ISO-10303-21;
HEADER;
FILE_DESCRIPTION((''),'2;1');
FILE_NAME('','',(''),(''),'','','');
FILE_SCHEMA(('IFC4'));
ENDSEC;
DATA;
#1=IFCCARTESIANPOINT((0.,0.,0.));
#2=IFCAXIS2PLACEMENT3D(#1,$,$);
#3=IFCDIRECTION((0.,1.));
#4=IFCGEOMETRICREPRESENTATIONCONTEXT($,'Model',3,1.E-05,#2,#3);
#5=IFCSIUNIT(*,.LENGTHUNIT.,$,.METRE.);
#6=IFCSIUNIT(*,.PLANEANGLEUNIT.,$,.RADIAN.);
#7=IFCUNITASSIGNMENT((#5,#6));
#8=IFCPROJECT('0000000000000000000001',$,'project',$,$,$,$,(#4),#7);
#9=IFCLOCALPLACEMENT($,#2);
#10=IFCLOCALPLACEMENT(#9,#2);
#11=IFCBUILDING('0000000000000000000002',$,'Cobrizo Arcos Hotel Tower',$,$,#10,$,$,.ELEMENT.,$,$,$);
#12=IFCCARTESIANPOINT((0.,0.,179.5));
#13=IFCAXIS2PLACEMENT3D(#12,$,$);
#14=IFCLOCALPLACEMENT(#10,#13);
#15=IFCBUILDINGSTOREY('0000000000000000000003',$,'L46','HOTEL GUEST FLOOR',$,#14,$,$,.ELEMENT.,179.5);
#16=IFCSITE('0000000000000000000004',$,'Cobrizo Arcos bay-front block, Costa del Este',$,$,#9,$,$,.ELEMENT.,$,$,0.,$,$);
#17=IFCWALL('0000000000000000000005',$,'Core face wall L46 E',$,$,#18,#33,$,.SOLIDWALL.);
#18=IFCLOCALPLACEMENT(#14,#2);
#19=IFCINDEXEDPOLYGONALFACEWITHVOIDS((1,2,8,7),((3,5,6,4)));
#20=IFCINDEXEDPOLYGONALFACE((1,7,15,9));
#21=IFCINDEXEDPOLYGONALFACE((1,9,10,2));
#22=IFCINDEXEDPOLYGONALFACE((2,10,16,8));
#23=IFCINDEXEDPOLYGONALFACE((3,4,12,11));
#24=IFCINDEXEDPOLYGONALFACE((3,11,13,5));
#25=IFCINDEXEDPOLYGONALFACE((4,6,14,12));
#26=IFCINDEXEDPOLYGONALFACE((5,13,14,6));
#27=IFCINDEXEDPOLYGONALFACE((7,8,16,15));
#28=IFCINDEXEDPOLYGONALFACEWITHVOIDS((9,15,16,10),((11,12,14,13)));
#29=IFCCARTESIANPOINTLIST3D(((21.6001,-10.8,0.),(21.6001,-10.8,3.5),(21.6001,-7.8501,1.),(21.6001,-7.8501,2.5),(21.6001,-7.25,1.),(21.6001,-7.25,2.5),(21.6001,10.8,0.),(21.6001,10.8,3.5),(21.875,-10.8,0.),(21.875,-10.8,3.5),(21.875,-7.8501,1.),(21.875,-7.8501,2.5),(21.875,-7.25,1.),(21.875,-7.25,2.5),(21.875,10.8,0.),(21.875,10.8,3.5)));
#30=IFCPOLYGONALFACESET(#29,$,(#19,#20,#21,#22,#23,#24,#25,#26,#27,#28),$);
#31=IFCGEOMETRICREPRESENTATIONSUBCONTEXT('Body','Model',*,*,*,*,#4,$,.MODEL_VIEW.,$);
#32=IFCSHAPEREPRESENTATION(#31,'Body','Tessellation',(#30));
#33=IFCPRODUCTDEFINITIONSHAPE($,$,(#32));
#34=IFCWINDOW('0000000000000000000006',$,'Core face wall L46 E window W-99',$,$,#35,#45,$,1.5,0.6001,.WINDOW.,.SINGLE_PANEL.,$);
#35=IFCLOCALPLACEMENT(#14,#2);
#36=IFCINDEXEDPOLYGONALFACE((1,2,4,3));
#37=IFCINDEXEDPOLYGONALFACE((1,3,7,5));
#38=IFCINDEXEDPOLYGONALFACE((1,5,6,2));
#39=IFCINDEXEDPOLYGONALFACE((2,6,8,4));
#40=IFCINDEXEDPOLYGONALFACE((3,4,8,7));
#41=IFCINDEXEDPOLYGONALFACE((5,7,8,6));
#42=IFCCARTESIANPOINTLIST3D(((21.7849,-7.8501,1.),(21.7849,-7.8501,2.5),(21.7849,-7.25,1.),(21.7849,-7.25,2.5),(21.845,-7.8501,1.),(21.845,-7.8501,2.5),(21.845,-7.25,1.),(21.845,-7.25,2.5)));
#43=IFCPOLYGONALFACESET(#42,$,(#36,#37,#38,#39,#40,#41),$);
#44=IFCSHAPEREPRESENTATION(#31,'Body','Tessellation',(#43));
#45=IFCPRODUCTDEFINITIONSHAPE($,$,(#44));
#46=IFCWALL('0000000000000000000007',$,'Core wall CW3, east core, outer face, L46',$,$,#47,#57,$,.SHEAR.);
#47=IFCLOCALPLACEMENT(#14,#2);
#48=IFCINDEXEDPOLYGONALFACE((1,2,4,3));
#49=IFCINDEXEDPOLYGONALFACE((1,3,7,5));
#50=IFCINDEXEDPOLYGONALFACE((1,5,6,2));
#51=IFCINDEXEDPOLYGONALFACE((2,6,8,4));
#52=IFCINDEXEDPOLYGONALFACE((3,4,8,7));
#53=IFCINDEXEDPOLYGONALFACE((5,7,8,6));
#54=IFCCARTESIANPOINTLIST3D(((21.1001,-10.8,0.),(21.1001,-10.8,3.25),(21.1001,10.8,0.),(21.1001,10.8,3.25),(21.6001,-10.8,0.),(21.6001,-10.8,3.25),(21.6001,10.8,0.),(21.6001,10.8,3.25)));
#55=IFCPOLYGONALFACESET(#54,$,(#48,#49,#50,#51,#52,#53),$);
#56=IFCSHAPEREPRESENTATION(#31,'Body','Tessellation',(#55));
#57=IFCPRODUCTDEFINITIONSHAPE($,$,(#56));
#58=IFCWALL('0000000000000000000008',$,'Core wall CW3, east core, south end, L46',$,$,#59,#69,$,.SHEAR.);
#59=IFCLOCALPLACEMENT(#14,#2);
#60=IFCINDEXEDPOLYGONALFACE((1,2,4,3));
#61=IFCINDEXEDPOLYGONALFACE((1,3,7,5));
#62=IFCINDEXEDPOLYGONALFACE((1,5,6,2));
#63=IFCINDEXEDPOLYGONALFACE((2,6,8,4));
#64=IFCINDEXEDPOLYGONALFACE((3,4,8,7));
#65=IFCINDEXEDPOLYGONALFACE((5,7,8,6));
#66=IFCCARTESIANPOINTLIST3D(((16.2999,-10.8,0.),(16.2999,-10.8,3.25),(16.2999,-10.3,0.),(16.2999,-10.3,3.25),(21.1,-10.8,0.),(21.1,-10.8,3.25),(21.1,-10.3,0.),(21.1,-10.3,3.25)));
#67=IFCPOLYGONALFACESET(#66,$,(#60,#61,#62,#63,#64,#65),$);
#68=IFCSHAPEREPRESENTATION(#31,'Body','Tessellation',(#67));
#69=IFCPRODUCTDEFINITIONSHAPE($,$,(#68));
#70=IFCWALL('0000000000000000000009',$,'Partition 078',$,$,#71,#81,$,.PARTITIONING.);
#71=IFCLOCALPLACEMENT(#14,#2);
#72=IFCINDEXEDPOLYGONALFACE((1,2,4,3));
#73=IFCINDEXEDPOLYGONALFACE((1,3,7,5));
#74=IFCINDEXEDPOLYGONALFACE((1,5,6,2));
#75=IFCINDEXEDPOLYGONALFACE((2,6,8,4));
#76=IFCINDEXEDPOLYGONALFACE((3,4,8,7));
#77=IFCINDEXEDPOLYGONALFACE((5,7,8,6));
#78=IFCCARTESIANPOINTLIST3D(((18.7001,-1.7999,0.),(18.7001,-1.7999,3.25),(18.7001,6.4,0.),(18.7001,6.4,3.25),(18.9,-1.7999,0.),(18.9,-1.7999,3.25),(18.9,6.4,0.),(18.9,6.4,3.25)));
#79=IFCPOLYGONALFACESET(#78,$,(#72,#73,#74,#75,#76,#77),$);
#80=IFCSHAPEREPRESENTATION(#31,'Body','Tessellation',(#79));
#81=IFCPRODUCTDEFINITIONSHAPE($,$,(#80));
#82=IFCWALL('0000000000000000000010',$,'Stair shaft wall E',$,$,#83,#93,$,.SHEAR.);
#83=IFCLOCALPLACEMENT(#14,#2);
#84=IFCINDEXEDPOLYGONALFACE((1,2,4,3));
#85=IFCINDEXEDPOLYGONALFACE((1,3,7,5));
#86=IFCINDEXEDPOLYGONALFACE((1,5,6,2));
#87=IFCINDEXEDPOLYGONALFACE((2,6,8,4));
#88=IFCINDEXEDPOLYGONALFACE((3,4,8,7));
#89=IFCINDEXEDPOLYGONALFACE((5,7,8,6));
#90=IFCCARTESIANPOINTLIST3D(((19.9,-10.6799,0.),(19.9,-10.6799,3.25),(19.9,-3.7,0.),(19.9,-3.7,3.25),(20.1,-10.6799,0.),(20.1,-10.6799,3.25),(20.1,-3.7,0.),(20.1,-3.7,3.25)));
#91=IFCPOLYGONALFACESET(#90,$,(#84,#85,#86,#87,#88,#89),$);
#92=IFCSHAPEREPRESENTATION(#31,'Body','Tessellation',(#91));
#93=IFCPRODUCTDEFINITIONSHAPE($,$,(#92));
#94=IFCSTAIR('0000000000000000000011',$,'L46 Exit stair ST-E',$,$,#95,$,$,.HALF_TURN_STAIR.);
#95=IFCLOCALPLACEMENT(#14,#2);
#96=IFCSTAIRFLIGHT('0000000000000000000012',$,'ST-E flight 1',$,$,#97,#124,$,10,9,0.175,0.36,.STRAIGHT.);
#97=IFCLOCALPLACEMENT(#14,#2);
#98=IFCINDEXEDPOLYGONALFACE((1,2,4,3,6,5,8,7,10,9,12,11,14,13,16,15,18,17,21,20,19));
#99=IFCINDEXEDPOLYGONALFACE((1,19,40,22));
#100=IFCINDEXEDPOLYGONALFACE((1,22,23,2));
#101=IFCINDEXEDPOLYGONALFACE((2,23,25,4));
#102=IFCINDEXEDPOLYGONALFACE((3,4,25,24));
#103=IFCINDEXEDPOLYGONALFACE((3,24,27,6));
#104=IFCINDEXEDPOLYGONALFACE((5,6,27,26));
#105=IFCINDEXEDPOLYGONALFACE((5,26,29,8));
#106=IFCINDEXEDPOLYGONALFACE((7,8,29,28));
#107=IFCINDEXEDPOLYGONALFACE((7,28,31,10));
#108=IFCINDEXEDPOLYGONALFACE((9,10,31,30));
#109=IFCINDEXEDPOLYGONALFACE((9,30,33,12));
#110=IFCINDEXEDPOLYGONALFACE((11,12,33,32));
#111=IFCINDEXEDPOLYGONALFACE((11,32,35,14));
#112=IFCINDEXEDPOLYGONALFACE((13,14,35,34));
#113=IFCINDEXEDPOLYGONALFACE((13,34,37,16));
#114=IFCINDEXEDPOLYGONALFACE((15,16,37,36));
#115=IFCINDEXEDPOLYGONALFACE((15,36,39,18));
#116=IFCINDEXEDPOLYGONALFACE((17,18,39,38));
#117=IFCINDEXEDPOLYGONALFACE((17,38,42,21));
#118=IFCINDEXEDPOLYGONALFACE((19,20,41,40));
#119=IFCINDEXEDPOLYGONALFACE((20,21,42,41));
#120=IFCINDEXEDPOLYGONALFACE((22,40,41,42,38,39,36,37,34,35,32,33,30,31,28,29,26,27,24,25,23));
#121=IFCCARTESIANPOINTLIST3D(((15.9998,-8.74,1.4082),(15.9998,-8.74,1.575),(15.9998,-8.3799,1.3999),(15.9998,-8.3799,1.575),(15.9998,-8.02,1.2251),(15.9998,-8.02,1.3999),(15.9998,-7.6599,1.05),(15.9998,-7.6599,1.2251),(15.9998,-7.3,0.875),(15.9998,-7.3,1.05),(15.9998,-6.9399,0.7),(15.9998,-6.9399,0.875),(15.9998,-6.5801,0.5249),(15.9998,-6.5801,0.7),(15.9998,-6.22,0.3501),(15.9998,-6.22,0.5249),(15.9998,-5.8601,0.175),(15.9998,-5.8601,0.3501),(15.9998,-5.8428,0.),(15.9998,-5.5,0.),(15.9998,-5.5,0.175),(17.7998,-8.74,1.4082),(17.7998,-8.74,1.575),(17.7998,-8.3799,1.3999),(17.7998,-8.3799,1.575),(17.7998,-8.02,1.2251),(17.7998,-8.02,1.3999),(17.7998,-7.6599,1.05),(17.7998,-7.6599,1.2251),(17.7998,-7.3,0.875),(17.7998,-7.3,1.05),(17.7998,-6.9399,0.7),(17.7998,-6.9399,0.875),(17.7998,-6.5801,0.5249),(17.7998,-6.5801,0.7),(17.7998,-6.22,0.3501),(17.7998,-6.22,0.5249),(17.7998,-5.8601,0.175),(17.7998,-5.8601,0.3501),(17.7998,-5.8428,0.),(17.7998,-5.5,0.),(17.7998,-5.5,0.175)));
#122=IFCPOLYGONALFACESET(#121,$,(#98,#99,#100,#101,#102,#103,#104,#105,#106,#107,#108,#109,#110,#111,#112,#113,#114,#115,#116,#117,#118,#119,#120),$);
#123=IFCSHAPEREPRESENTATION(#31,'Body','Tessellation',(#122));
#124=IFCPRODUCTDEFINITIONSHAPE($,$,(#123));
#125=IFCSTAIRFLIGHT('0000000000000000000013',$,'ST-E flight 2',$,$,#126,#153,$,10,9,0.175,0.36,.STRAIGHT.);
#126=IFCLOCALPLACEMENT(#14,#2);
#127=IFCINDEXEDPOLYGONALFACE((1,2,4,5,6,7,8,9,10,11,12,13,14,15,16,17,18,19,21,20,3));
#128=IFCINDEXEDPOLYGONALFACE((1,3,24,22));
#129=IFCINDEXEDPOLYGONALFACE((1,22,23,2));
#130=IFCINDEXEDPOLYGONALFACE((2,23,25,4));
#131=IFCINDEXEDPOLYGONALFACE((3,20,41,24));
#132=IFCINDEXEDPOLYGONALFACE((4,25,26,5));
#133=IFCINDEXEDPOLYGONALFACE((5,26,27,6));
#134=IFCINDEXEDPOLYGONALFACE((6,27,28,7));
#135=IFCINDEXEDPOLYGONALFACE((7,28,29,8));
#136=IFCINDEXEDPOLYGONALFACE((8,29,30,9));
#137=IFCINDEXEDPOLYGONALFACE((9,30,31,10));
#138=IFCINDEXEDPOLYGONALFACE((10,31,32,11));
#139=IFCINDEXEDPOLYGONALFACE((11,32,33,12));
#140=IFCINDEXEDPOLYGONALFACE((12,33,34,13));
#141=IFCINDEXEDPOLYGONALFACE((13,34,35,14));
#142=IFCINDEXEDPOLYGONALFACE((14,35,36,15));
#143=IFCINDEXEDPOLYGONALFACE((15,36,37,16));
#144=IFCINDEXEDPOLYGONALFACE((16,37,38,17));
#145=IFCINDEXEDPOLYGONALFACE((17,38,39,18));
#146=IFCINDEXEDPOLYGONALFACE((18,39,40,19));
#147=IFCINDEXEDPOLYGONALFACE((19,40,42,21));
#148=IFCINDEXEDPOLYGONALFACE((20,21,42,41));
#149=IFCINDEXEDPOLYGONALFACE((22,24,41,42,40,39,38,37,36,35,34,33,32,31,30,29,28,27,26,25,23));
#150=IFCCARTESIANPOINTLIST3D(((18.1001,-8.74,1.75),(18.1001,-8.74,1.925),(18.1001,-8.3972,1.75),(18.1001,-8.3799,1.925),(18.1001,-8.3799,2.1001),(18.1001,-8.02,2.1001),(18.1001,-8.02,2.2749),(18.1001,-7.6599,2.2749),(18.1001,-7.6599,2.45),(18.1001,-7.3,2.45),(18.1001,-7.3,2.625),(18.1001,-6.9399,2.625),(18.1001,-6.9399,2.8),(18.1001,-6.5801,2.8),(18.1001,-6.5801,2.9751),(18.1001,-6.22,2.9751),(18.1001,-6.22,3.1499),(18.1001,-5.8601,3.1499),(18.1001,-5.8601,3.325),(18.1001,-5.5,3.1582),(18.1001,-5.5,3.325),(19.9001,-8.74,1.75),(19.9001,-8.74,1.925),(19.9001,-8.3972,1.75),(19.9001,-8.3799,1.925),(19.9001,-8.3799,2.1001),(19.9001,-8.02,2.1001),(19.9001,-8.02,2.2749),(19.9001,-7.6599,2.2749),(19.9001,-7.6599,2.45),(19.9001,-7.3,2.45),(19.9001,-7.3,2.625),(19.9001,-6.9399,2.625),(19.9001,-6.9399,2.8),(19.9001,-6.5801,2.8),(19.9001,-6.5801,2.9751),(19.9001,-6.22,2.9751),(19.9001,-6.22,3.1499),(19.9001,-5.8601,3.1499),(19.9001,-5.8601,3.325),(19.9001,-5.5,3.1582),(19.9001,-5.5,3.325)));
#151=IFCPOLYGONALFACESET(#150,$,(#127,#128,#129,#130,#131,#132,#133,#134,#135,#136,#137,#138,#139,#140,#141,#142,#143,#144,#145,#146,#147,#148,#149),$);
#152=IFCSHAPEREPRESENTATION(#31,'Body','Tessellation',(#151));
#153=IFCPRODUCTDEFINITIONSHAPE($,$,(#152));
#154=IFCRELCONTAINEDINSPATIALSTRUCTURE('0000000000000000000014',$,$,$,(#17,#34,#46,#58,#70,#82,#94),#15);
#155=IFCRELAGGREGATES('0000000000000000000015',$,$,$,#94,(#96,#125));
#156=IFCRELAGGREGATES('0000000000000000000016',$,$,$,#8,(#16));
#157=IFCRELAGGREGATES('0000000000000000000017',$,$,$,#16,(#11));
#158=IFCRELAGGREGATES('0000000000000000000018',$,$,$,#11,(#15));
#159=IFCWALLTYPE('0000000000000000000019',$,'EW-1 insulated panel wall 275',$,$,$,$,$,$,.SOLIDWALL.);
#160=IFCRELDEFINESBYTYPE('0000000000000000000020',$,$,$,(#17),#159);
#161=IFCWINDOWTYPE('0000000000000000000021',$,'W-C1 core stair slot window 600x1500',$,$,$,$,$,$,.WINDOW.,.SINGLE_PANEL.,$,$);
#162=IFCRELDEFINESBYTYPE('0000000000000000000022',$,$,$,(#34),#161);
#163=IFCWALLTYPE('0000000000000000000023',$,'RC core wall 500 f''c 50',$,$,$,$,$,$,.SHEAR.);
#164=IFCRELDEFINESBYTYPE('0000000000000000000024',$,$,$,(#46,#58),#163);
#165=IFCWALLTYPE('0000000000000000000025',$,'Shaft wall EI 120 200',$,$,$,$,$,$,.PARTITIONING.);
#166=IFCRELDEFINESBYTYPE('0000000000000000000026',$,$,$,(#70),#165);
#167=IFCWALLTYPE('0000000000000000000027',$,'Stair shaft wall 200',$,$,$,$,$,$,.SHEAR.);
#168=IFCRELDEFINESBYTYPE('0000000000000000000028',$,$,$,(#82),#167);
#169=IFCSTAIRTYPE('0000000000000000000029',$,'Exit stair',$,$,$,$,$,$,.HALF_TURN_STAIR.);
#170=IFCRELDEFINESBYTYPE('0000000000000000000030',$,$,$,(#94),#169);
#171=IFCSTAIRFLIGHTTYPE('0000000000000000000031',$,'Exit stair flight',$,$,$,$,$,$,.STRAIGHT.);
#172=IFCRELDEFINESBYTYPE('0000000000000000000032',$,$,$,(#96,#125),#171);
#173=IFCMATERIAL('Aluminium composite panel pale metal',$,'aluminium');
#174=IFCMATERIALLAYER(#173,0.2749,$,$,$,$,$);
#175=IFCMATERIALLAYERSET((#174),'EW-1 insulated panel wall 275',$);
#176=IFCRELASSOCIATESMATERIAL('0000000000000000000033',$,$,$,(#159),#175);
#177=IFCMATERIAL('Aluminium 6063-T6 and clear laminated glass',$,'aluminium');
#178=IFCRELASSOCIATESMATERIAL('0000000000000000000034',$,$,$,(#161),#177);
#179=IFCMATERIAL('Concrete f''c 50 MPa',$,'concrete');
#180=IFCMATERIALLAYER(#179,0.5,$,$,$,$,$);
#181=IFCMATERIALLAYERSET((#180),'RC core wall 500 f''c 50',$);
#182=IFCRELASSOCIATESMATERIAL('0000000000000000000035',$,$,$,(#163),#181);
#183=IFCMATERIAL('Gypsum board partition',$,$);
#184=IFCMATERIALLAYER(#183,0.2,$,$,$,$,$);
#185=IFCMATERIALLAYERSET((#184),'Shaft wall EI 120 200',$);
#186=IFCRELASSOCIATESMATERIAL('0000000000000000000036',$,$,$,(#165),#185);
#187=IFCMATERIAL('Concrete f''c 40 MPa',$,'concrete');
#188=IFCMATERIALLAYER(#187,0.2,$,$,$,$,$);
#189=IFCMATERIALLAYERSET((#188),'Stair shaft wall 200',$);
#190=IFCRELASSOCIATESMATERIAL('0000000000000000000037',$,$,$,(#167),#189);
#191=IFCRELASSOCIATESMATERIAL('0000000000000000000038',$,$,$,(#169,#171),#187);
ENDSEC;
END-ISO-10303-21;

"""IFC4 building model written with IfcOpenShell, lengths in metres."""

from ifc_helpers import new_model, si_unit, direction, frame, frame_2d, origin, place, context, subcontext, project, spatial, polyline, rectangle, outline, extrude, material, layer, layer_set, type_object, element, fill, aggregate, save


model = new_model("IFC4")

# Units and contexts
model_context = context("Model", 3, precision=1e-05, world=origin(), true_north=direction((0.0, 1.0)))
body_context = subcontext(model_context, "Body", "Model", "MODEL_VIEW")
ifc_project = project(units=[si_unit("LENGTHUNIT", "METRE"), si_unit("PLANEANGLEUNIT", "RADIAN")], contexts=[model_context])

# Site, building, storey
site_placement = place(None, origin())
site = spatial("IfcSite", under=ifc_project, at=site_placement, Name="Cobrizo Arcos bay-front block, Costa del Este", CompositionType="ELEMENT", RefElevation=0.0)
building_placement = place(site_placement, origin())
building = spatial("IfcBuilding", under=site, at=building_placement, Name="Cobrizo Arcos Hotel Tower", CompositionType="ELEMENT")
storey_placement = place(building_placement, frame((0.0, 0.0, 179.5)))
storey = spatial("IfcBuildingStorey", under=building, at=storey_placement, Name="L46", Description="HOTEL GUEST FLOOR", CompositionType="ELEMENT", Elevation=179.5)

# Shared definitions
ifc_material_1 = material(Name="Aluminium composite panel pale metal", Category="aluminium")

# Wall, opening, window
ifc_layer_1 = layer(ifc_material_1, 0.2749)
ifc_layer_set_1 = layer_set([ifc_layer_1], Name="EW-1 insulated panel wall 275")
wall_type_1 = type_object("IfcWallType", Name="EW-1 insulated panel wall 275", PredefinedType="SOLIDWALL", material=ifc_layer_set_1)
wall_1_placement = place(storey_placement, frame((21.7375, -10.8, 0.0), z_axis=(0.0, 0.0, 1.0), x_axis=(0.0, 1.0, 0.0)))
wall_1 = element("IfcWall", 1, at=wall_1_placement, inside=storey, type_object=wall_type_1, Name="Core face wall L46 E", PredefinedType="SOLIDWALL", context=body_context, shape_type="SweptSolid", body=[
    extrude(rectangle(XDim=21.6001, YDim=0.2749, at=frame_2d((10.8, 0.0))), origin(), (0.0, 0.0, 1.0), 3.5),
])
opening_placement = place(wall_1_placement, frame((2.95, 0.0, 1.0)))
opening = element("IfcOpeningElement", 2, at=opening_placement, cuts=wall_1, PredefinedType="OPENING", context=body_context, shape_type="SweptSolid", body=[
    extrude(rectangle(XDim=0.6001, YDim=1.5, at=frame_2d((0.3, 0.75))), frame((0.0, 0.1494, 0.0), z_axis=(0.0, -1.0, 0.0), x_axis=(1.0, 0.0, 0.0)), (0.0, 0.0, 1.0), 0.2988),
])
ifc_material_2 = material(Name="Aluminium 6063-T6 and clear laminated glass", Category="aluminium")
window_type = type_object("IfcWindowType", Name="W-C1 core stair slot window 600x1500", PartitioningType="SINGLE_PANEL", PredefinedType="WINDOW", material=ifc_material_2)
window_placement = place(opening_placement, origin())
window = element("IfcWindow", 3, at=window_placement, inside=storey, type_object=window_type, Name="Core face wall L46 E window W-99", OverallHeight=1.5, OverallWidth=0.6001, PartitioningType="SINGLE_PANEL", PredefinedType="WINDOW", context=body_context, shape_type="SweptSolid", body=[
    extrude(rectangle(XDim=0.6001, YDim=1.5, at=frame_2d((0.3, 0.75))), frame((0.0, -0.0474, 0.0), z_axis=(0.0, -1.0, 0.0), x_axis=(1.0, 0.0, 0.0)), (0.0, 0.0, 1.0), 0.0601),
])
fill(opening, window)

# Walls
ifc_material_3 = material(Name="Concrete f'c 50 MPa", Category="concrete")
ifc_layer_2 = layer(ifc_material_3, 0.5)
ifc_layer_set_2 = layer_set([ifc_layer_2], Name="RC core wall 500 f'c 50")
wall_type_2 = type_object("IfcWallType", Name="RC core wall 500 f'c 50", PredefinedType="SHEAR", material=ifc_layer_set_2)
wall_2_placement = place(storey_placement, frame((21.3501, -10.8, 0.0), z_axis=(0.0, 0.0, 1.0), x_axis=(0.0, 1.0, 0.0)))
element("IfcWall", 4, at=wall_2_placement, inside=storey, type_object=wall_type_2, Name="Core wall CW3, east core, outer face, L46", PredefinedType="SHEAR", context=body_context, shape_type="SweptSolid", body=[
    extrude(rectangle(XDim=21.6001, YDim=0.5, at=frame_2d((10.8, 0.0))), origin(), (0.0, 0.0, 1.0), 3.25),
])
wall_3_placement = place(storey_placement, frame((16.3, -10.55, 0.0), z_axis=(0.0, 0.0, 1.0), x_axis=(1.0, 0.0, 0.0)))
element("IfcWall", 5, at=wall_3_placement, inside=storey, type_object=wall_type_2, Name="Core wall CW3, east core, south end, L46", PredefinedType="SHEAR", context=body_context, shape_type="SweptSolid", body=[
    extrude(rectangle(XDim=4.8, YDim=0.5, at=frame_2d((2.3999, 0.0))), origin(), (0.0, 0.0, 1.0), 3.25),
])
ifc_material_4 = material(Name="Gypsum board partition")
ifc_layer_3 = layer(ifc_material_4, 0.2)
ifc_layer_set_3 = layer_set([ifc_layer_3], Name="Shaft wall EI 120 200")
wall_type_3 = type_object("IfcWallType", Name="Shaft wall EI 120 200", PredefinedType="PARTITIONING", material=ifc_layer_set_3)
wall_4_placement = place(storey_placement, frame((18.8, -1.8, 0.0), z_axis=(0.0, 0.0, 1.0), x_axis=(0.0, 1.0, 0.0)))
element("IfcWall", 6, at=wall_4_placement, inside=storey, type_object=wall_type_3, Name="Partition 078", PredefinedType="PARTITIONING", context=body_context, shape_type="SweptSolid", body=[
    extrude(rectangle(XDim=8.2, YDim=0.2, at=frame_2d((4.1001, 0.0))), origin(), (0.0, 0.0, 1.0), 3.25),
])
ifc_material_5 = material(Name="Concrete f'c 40 MPa", Category="concrete")
ifc_layer_4 = layer(ifc_material_5, 0.2)
ifc_layer_set_4 = layer_set([ifc_layer_4], Name="Stair shaft wall 200")
wall_type_4 = type_object("IfcWallType", Name="Stair shaft wall 200", PredefinedType="SHEAR", material=ifc_layer_set_4)
wall_5_placement = place(storey_placement, frame((20.0, -10.6799, 0.0), z_axis=(0.0, 0.0, 1.0), x_axis=(0.0, 1.0, 0.0)))
element("IfcWall", 7, at=wall_5_placement, inside=storey, type_object=wall_type_4, Name="Stair shaft wall E", PredefinedType="SHEAR", context=body_context, shape_type="SweptSolid", body=[
    extrude(rectangle(XDim=6.98, YDim=0.2, at=frame_2d((3.49, 0.0))), origin(), (0.0, 0.0, 1.0), 3.25),
])

# Stair, stair flights
stair_type = type_object("IfcStairType", Name="Exit stair", PredefinedType="HALF_TURN_STAIR", material=ifc_material_5)
stair_placement = place(storey_placement, origin())
stair = element("IfcStair", 8, at=stair_placement, inside=storey, type_object=stair_type, Name="L46 Exit stair ST-E", PredefinedType="HALF_TURN_STAIR")
stair_flight_type = type_object("IfcStairFlightType", Name="Exit stair flight", PredefinedType="STRAIGHT", material=ifc_material_5)
stair_flight_1_placement = place(storey_placement, frame((16.8999, -5.5, 0.0), z_axis=(0.0, 0.0, 1.0), x_axis=(0.0, -1.0, 0.0)))
stair_flight_1 = element("IfcStairFlight", 9, at=stair_flight_1_placement, type_object=stair_flight_type, Name="ST-E flight 1", NumberOfRisers=10, NumberOfTreads=9, PredefinedType="STRAIGHT", RiserHeight=0.175, TreadLength=0.36, context=body_context, shape_type="SweptSolid", body=[
    extrude(outline(polyline([(0.0, 0.0), (0.0, 0.175), (0.3601, 0.175), (0.3601, 0.3501), (0.72, 0.3501), (0.72, 0.5249), (1.0801, 0.5249), (1.0801, 0.7), (1.4399, 0.7), (1.4399, 0.875), (1.8, 0.875), (1.8, 1.05), (2.1599, 1.05), (2.1599, 1.2251), (2.52, 1.2251), (2.52, 1.3999), (2.8799, 1.3999), (2.8799, 1.575), (3.24, 1.575), (3.24, 1.75), (3.24, 1.4082), (0.3428, 0.0), (0.0, 0.0)])), frame((0.0, 0.8999, 0.0), z_axis=(0.0, -1.0, 0.0), x_axis=(1.0, 0.0, 0.0)), (0.0, 0.0, 1.0), 1.8),
])
stair_flight_2_placement = place(storey_placement, frame((19.0, -8.74, 1.75), z_axis=(0.0, 0.0, 1.0), x_axis=(0.0, 1.0, 0.0)))
stair_flight_2 = element("IfcStairFlight", 10, at=stair_flight_2_placement, type_object=stair_flight_type, Name="ST-E flight 2", NumberOfRisers=10, NumberOfTreads=9, PredefinedType="STRAIGHT", RiserHeight=0.175, TreadLength=0.36, context=body_context, shape_type="SweptSolid", body=[
    extrude(outline(polyline([(0.0, 0.0), (0.0, 0.175), (0.3601, 0.175), (0.3601, 0.3501), (0.72, 0.3501), (0.72, 0.5249), (1.0801, 0.5249), (1.0801, 0.7), (1.4399, 0.7), (1.4399, 0.875), (1.8, 0.875), (1.8, 1.05), (2.1599, 1.05), (2.1599, 1.2251), (2.52, 1.2251), (2.52, 1.3999), (2.8799, 1.3999), (2.8799, 1.575), (3.24, 1.575), (3.24, 1.75), (3.24, 1.4082), (0.3428, 0.0), (0.0, 0.0)])), frame((0.0, 0.8999, 0.0), z_axis=(0.0, -1.0, 0.0), x_axis=(1.0, 0.0, 0.0)), (0.0, 0.0, 1.0), 1.8),
])
aggregate(stair, [stair_flight_1, stair_flight_2])

save(model, "model.ifc")
